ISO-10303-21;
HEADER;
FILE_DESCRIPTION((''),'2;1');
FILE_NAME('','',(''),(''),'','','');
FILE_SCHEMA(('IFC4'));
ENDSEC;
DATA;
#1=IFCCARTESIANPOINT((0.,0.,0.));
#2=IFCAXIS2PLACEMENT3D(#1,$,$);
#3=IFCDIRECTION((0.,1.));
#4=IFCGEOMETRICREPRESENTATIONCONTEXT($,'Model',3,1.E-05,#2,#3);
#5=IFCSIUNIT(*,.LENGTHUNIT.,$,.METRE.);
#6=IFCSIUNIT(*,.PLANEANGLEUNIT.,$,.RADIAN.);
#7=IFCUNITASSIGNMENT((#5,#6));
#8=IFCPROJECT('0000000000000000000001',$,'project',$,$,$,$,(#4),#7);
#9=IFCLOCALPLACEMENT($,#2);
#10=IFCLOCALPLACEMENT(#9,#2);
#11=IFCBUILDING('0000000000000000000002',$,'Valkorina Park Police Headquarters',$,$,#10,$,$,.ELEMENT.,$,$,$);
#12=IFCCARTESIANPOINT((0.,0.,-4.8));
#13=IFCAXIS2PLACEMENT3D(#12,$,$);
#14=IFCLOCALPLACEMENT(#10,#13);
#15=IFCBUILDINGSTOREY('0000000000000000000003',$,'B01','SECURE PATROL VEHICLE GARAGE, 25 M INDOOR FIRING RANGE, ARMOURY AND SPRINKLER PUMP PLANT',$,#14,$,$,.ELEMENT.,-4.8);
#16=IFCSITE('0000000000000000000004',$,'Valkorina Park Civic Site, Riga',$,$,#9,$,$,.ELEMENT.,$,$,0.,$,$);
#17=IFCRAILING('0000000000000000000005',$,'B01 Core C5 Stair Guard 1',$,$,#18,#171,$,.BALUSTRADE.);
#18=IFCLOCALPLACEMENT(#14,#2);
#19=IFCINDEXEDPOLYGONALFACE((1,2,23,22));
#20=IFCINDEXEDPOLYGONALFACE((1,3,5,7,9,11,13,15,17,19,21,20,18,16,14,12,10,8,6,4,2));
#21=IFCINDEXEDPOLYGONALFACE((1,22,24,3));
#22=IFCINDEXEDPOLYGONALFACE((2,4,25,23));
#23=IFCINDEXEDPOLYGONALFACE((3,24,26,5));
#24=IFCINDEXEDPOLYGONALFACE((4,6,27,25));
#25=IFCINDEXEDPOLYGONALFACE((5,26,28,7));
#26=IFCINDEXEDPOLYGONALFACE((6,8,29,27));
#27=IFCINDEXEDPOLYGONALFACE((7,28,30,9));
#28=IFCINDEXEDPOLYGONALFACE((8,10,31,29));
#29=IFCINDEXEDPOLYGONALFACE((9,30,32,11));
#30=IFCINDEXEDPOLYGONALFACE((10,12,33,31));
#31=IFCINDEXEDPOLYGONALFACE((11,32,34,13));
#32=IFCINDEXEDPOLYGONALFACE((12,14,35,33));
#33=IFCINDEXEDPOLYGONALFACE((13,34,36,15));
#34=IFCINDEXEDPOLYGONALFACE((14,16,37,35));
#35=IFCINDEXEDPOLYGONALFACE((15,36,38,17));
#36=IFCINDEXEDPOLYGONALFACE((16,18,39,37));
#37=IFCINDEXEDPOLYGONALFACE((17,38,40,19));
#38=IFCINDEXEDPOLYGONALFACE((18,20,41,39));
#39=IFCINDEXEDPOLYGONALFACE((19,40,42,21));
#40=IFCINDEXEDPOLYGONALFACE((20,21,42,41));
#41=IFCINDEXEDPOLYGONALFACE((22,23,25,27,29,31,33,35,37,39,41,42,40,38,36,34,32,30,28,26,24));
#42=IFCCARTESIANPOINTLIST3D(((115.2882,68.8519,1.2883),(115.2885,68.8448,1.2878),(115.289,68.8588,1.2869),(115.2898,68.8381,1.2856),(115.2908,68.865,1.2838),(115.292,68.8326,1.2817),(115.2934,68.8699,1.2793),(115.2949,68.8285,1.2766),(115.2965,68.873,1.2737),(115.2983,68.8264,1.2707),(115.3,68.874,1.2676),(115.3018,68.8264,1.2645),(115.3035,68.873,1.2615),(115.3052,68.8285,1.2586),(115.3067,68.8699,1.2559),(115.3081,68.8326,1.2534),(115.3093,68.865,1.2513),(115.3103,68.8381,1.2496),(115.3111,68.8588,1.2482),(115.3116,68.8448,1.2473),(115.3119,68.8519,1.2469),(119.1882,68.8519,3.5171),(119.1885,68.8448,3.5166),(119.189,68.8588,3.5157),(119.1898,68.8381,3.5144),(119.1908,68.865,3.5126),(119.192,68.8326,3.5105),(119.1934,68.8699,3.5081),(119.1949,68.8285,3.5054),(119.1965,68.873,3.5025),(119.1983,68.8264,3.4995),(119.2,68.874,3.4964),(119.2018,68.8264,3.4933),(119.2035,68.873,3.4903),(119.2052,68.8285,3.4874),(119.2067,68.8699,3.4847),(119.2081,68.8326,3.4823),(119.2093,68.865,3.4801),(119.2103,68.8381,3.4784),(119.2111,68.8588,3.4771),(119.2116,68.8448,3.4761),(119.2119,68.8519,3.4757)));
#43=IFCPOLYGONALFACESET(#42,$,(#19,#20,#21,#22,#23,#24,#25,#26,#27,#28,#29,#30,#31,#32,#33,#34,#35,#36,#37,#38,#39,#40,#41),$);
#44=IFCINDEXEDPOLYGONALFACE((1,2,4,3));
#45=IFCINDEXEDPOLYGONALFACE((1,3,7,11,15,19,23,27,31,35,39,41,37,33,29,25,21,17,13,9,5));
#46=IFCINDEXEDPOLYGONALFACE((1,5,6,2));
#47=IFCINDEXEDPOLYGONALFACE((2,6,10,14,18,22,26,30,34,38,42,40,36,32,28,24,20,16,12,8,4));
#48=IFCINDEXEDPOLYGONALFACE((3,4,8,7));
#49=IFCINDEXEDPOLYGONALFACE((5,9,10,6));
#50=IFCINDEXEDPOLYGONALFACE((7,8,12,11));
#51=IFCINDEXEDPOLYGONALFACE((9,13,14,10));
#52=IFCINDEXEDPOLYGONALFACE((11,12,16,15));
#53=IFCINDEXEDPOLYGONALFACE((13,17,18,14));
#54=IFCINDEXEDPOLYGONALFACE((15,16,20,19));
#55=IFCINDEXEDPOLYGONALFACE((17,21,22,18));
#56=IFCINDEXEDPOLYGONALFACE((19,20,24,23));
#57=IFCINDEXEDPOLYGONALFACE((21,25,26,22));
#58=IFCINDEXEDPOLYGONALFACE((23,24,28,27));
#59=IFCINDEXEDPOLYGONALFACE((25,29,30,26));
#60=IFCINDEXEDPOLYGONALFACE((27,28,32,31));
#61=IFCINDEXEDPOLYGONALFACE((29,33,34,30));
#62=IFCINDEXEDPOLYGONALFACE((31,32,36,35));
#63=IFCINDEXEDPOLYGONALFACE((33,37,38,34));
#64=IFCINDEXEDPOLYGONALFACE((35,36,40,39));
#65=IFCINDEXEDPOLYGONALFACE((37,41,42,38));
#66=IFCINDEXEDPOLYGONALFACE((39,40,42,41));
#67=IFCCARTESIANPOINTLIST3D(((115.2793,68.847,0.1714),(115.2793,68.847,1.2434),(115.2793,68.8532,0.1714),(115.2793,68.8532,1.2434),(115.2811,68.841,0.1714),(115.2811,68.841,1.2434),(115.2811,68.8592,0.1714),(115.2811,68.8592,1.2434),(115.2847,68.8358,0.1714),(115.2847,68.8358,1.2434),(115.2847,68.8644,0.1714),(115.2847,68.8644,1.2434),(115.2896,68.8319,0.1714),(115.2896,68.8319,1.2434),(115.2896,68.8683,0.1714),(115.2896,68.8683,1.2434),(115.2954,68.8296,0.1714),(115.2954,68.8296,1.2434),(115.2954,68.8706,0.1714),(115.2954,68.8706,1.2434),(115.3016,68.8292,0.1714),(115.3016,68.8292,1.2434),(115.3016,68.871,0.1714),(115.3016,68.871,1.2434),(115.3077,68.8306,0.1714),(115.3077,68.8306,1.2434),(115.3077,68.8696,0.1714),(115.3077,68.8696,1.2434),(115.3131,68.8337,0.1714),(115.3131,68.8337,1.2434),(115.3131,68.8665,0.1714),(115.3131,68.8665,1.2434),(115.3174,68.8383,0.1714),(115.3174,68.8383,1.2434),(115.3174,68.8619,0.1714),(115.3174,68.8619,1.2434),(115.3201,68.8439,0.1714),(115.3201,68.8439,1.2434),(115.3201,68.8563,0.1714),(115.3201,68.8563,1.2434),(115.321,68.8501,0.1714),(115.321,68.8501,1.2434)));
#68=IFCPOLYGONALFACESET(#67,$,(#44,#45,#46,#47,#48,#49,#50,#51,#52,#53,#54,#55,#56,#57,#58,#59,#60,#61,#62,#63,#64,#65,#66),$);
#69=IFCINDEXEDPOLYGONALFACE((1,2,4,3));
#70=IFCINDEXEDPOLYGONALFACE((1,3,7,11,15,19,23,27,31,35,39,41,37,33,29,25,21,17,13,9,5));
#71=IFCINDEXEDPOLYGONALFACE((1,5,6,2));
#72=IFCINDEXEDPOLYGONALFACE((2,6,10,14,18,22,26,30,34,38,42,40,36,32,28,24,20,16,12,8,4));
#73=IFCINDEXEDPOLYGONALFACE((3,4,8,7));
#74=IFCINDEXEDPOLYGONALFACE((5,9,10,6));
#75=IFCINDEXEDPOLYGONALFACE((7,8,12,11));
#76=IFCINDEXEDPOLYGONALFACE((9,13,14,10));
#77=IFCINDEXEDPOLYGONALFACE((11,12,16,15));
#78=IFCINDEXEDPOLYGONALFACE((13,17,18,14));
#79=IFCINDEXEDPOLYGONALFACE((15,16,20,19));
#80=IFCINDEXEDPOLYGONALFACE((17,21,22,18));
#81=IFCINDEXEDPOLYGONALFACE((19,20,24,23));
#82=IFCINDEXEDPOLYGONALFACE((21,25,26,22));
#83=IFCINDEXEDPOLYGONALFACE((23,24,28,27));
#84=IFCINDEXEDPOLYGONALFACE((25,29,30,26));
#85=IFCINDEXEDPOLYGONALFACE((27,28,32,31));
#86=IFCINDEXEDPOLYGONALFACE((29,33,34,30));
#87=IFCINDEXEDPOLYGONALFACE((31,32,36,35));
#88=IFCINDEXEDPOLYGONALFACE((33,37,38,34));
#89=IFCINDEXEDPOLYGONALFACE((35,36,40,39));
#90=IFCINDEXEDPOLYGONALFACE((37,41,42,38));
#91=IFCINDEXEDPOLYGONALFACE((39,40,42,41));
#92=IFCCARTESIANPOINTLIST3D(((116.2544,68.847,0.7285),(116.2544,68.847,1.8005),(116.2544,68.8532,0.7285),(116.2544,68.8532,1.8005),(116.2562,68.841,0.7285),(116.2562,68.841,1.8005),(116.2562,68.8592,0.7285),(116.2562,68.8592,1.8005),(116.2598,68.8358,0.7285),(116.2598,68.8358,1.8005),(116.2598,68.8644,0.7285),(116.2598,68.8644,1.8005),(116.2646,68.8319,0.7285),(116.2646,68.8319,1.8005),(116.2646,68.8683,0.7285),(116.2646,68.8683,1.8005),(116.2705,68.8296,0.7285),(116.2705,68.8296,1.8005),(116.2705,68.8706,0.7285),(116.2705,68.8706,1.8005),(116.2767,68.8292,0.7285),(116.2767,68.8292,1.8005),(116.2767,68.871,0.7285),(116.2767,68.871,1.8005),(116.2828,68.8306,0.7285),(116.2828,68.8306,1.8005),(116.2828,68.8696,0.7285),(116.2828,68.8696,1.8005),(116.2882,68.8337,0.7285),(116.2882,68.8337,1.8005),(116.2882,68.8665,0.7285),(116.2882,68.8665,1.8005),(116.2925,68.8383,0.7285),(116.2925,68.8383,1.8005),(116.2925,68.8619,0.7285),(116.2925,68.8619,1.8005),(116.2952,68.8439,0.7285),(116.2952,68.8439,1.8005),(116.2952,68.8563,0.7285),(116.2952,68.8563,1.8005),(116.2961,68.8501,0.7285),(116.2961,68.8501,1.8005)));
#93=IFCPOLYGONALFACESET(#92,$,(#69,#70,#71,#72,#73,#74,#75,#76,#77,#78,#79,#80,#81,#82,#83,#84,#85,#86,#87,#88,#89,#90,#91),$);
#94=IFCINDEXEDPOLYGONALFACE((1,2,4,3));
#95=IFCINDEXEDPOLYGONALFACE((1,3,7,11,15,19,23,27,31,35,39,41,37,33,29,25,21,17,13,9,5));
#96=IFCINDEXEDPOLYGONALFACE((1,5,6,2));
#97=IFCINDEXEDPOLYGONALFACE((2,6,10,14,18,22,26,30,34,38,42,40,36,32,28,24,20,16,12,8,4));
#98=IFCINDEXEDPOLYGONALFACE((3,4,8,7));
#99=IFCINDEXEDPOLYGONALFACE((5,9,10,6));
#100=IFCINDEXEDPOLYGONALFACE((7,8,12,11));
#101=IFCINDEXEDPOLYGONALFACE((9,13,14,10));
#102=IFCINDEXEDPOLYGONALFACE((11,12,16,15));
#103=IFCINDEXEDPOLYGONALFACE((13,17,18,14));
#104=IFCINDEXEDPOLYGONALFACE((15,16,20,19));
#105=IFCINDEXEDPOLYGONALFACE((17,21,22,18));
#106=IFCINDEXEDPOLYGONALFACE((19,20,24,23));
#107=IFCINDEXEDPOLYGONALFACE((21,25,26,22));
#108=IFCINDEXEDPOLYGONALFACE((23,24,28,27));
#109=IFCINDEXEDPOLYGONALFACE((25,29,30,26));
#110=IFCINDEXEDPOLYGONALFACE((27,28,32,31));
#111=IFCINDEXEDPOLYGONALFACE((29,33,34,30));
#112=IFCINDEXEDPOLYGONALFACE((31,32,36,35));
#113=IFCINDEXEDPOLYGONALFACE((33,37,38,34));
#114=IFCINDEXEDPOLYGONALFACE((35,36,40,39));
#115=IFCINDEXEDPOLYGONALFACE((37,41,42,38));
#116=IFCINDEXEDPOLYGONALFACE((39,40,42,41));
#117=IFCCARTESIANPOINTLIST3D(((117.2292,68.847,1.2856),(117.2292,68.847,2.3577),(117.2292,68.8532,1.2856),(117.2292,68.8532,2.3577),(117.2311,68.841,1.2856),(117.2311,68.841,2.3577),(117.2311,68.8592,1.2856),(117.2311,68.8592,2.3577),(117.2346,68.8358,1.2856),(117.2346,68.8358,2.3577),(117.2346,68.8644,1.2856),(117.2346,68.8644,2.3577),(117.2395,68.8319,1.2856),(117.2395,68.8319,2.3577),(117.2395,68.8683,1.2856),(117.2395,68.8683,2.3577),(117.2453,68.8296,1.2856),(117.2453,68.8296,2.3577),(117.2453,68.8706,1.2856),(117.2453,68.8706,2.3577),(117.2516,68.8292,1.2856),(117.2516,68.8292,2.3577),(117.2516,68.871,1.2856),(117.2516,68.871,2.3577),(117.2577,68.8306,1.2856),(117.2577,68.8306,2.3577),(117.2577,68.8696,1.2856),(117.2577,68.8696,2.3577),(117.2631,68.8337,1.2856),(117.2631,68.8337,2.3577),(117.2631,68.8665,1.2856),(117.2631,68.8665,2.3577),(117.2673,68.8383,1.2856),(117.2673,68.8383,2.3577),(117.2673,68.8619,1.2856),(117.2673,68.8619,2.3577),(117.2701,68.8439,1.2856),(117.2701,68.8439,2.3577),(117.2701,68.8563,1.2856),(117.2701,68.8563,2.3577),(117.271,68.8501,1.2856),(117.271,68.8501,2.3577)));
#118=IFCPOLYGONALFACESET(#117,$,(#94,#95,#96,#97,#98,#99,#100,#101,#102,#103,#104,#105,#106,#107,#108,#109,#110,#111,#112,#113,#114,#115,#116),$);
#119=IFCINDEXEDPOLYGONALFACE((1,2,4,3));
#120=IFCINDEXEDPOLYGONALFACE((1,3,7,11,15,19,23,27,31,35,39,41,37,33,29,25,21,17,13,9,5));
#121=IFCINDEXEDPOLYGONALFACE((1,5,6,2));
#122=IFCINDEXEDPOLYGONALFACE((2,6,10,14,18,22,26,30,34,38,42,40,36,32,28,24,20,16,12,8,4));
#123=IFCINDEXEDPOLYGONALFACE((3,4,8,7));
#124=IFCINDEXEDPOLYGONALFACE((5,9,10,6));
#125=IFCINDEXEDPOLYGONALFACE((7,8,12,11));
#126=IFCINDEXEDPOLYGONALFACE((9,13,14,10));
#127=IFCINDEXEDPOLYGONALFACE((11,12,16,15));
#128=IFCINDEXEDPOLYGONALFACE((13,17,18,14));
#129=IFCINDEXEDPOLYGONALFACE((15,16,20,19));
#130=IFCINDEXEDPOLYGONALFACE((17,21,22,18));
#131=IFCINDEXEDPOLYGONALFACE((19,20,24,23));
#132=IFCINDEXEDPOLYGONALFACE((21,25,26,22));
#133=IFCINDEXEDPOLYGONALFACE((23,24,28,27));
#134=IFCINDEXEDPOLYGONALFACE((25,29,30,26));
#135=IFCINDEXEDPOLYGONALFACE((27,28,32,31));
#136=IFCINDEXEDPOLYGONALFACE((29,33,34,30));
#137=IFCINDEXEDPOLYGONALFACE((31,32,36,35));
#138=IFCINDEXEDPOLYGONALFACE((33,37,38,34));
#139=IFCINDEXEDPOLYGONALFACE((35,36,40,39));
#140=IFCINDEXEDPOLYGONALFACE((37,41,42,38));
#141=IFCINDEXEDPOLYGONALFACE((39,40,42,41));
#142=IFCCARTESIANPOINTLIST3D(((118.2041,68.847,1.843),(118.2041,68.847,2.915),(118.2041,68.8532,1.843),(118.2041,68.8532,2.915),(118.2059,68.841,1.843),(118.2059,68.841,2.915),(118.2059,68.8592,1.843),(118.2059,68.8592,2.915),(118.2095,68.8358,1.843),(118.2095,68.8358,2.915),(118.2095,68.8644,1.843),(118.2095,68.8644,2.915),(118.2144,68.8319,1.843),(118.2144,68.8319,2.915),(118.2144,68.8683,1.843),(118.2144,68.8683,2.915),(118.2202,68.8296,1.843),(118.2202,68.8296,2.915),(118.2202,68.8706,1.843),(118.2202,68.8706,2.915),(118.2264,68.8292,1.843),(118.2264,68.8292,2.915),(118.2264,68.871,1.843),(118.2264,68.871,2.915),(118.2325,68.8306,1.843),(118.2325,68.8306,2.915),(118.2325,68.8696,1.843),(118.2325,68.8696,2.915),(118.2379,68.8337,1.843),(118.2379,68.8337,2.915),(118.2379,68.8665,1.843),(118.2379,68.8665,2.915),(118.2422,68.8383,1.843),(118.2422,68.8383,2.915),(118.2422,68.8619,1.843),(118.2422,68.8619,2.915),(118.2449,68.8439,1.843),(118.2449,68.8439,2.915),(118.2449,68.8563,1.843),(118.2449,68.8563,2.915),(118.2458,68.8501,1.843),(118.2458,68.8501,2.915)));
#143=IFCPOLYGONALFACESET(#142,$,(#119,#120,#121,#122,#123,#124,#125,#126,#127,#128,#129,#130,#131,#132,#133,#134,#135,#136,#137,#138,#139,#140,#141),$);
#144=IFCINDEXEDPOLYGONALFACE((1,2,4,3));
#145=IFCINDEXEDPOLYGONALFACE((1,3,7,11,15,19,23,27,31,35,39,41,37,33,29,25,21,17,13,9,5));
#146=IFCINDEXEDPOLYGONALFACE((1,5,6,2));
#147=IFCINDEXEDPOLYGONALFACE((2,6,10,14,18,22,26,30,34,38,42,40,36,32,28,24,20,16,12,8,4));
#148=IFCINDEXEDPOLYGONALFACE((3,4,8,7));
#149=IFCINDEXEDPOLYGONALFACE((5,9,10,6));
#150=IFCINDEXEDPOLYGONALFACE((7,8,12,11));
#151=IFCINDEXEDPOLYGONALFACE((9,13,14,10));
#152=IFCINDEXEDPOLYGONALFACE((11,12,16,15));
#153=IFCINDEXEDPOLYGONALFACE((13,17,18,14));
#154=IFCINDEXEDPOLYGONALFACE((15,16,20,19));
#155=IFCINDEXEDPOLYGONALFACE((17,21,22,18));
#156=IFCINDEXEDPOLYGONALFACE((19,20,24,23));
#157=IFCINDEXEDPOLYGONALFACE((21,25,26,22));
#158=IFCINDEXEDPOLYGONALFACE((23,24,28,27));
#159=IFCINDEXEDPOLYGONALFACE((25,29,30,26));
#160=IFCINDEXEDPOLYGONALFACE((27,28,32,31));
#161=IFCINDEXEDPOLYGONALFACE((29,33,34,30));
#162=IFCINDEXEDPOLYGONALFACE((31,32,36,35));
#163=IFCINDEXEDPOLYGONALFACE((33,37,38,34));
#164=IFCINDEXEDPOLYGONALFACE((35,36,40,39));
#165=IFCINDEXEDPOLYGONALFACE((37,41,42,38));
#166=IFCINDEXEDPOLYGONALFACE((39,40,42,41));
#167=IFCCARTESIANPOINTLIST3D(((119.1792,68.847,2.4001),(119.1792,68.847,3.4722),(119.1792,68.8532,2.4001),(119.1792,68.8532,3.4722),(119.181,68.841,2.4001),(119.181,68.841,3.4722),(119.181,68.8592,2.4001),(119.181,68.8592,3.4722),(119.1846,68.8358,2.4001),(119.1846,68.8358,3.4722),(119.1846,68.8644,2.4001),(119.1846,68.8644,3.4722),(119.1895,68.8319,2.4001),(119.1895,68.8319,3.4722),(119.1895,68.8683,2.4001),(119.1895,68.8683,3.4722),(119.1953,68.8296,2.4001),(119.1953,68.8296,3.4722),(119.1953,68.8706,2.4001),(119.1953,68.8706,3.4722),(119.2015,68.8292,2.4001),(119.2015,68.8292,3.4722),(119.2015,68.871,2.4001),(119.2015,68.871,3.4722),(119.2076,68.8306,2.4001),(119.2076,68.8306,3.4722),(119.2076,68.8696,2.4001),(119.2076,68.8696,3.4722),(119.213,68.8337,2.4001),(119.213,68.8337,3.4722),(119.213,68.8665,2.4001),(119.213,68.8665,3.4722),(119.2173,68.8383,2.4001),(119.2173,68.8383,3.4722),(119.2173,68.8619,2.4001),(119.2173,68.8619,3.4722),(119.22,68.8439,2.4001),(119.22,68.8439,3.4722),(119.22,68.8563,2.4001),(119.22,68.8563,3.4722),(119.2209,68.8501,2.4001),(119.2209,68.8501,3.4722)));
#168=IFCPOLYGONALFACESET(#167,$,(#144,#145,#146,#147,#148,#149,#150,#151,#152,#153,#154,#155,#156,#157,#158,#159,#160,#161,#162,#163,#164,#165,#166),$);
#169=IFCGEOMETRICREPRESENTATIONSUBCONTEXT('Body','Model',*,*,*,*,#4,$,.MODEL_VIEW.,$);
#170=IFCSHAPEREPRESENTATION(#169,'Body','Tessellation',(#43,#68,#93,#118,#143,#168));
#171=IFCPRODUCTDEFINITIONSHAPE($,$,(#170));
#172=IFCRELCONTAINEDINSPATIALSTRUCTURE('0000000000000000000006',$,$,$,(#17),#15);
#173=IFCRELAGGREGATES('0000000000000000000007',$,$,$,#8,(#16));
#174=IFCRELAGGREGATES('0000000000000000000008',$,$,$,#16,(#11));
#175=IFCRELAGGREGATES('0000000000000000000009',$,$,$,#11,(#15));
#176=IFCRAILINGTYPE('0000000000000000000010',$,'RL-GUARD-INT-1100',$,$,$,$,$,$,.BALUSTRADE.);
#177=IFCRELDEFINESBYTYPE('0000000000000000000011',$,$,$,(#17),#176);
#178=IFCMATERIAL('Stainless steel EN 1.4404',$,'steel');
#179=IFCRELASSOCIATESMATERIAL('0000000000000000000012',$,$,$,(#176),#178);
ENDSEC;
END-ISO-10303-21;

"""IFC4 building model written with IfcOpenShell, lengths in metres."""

from ifc_helpers import new_model, si_unit, direction, frame, origin, origin_2d, place, context, subcontext, project, spatial, circle, extrude, material, type_object, element, save


model = new_model("IFC4")

# Units and contexts
model_context = context("Model", 3, precision=1e-05, world=origin(), true_north=direction((0.0, 1.0)))
body_context = subcontext(model_context, "Body", "Model", "MODEL_VIEW")
ifc_project = project(units=[si_unit("LENGTHUNIT", "METRE"), si_unit("PLANEANGLEUNIT", "RADIAN")], contexts=[model_context])

# Site, building, storey
site_placement = place(None, origin())
site = spatial("IfcSite", under=ifc_project, at=site_placement, Name="Valkorina Park Civic Site, Riga", CompositionType="ELEMENT", RefElevation=0.0)
building_placement = place(site_placement, origin())
building = spatial("IfcBuilding", under=site, at=building_placement, Name="Valkorina Park Police Headquarters", CompositionType="ELEMENT")
storey_placement = place(building_placement, frame((0.0, 0.0, -4.8)))
storey = spatial("IfcBuildingStorey", under=building, at=storey_placement, Name="B01", Description="SECURE PATROL VEHICLE GARAGE, 25 M INDOOR FIRING RANGE, ARMOURY AND SPRINKLER PUMP PLANT", CompositionType="ELEMENT", Elevation=-4.8)

# Railing
ifc_material_1 = material(Name="Stainless steel EN 1.4404", Category="steel")
railing_type_1 = type_object("IfcRailingType", Name="RL-GUARD-INT-1100", PredefinedType="BALUSTRADE", material=ifc_material_1)
railing_1_placement = place(storey_placement, frame((115.3, 68.8501, 0.1714)))
element("IfcRailing", 1, at=railing_1_placement, inside=storey, type_object=railing_type_1, Name="B01 Core C5 Stair Guard 1", PredefinedType="BALUSTRADE", context=body_context, shape_type="SweptSolid", body=[
    extrude(circle(Radius=0.0239, at=origin_2d()), frame((0.0, 0.0, 1.0962), z_axis=(0.86822, 0.0, 0.49618), x_axis=(0.0, 1.0, 0.0)), (0.0, 0.0, 1.0), 4.4919),
    extrude(circle(Radius=0.021, at=origin_2d()), origin(), (0.0, 0.0, 1.0), 1.072),
    extrude(circle(Radius=0.021, at=origin_2d()), frame((0.9751, 0.0, 0.5571)), (0.0, 0.0, 1.0), 1.072),
    extrude(circle(Radius=0.021, at=origin_2d()), frame((1.95, 0.0, 1.1143)), (0.0, 0.0, 1.0), 1.072),
    extrude(circle(Radius=0.021, at=origin_2d()), frame((2.9248, 0.0, 1.6716)), (0.0, 0.0, 1.0), 1.072),
    extrude(circle(Radius=0.021, at=origin_2d()), frame((3.8999, 0.0, 2.2288)), (0.0, 0.0, 1.0), 1.072),
])

save(model, "model.ifc")
